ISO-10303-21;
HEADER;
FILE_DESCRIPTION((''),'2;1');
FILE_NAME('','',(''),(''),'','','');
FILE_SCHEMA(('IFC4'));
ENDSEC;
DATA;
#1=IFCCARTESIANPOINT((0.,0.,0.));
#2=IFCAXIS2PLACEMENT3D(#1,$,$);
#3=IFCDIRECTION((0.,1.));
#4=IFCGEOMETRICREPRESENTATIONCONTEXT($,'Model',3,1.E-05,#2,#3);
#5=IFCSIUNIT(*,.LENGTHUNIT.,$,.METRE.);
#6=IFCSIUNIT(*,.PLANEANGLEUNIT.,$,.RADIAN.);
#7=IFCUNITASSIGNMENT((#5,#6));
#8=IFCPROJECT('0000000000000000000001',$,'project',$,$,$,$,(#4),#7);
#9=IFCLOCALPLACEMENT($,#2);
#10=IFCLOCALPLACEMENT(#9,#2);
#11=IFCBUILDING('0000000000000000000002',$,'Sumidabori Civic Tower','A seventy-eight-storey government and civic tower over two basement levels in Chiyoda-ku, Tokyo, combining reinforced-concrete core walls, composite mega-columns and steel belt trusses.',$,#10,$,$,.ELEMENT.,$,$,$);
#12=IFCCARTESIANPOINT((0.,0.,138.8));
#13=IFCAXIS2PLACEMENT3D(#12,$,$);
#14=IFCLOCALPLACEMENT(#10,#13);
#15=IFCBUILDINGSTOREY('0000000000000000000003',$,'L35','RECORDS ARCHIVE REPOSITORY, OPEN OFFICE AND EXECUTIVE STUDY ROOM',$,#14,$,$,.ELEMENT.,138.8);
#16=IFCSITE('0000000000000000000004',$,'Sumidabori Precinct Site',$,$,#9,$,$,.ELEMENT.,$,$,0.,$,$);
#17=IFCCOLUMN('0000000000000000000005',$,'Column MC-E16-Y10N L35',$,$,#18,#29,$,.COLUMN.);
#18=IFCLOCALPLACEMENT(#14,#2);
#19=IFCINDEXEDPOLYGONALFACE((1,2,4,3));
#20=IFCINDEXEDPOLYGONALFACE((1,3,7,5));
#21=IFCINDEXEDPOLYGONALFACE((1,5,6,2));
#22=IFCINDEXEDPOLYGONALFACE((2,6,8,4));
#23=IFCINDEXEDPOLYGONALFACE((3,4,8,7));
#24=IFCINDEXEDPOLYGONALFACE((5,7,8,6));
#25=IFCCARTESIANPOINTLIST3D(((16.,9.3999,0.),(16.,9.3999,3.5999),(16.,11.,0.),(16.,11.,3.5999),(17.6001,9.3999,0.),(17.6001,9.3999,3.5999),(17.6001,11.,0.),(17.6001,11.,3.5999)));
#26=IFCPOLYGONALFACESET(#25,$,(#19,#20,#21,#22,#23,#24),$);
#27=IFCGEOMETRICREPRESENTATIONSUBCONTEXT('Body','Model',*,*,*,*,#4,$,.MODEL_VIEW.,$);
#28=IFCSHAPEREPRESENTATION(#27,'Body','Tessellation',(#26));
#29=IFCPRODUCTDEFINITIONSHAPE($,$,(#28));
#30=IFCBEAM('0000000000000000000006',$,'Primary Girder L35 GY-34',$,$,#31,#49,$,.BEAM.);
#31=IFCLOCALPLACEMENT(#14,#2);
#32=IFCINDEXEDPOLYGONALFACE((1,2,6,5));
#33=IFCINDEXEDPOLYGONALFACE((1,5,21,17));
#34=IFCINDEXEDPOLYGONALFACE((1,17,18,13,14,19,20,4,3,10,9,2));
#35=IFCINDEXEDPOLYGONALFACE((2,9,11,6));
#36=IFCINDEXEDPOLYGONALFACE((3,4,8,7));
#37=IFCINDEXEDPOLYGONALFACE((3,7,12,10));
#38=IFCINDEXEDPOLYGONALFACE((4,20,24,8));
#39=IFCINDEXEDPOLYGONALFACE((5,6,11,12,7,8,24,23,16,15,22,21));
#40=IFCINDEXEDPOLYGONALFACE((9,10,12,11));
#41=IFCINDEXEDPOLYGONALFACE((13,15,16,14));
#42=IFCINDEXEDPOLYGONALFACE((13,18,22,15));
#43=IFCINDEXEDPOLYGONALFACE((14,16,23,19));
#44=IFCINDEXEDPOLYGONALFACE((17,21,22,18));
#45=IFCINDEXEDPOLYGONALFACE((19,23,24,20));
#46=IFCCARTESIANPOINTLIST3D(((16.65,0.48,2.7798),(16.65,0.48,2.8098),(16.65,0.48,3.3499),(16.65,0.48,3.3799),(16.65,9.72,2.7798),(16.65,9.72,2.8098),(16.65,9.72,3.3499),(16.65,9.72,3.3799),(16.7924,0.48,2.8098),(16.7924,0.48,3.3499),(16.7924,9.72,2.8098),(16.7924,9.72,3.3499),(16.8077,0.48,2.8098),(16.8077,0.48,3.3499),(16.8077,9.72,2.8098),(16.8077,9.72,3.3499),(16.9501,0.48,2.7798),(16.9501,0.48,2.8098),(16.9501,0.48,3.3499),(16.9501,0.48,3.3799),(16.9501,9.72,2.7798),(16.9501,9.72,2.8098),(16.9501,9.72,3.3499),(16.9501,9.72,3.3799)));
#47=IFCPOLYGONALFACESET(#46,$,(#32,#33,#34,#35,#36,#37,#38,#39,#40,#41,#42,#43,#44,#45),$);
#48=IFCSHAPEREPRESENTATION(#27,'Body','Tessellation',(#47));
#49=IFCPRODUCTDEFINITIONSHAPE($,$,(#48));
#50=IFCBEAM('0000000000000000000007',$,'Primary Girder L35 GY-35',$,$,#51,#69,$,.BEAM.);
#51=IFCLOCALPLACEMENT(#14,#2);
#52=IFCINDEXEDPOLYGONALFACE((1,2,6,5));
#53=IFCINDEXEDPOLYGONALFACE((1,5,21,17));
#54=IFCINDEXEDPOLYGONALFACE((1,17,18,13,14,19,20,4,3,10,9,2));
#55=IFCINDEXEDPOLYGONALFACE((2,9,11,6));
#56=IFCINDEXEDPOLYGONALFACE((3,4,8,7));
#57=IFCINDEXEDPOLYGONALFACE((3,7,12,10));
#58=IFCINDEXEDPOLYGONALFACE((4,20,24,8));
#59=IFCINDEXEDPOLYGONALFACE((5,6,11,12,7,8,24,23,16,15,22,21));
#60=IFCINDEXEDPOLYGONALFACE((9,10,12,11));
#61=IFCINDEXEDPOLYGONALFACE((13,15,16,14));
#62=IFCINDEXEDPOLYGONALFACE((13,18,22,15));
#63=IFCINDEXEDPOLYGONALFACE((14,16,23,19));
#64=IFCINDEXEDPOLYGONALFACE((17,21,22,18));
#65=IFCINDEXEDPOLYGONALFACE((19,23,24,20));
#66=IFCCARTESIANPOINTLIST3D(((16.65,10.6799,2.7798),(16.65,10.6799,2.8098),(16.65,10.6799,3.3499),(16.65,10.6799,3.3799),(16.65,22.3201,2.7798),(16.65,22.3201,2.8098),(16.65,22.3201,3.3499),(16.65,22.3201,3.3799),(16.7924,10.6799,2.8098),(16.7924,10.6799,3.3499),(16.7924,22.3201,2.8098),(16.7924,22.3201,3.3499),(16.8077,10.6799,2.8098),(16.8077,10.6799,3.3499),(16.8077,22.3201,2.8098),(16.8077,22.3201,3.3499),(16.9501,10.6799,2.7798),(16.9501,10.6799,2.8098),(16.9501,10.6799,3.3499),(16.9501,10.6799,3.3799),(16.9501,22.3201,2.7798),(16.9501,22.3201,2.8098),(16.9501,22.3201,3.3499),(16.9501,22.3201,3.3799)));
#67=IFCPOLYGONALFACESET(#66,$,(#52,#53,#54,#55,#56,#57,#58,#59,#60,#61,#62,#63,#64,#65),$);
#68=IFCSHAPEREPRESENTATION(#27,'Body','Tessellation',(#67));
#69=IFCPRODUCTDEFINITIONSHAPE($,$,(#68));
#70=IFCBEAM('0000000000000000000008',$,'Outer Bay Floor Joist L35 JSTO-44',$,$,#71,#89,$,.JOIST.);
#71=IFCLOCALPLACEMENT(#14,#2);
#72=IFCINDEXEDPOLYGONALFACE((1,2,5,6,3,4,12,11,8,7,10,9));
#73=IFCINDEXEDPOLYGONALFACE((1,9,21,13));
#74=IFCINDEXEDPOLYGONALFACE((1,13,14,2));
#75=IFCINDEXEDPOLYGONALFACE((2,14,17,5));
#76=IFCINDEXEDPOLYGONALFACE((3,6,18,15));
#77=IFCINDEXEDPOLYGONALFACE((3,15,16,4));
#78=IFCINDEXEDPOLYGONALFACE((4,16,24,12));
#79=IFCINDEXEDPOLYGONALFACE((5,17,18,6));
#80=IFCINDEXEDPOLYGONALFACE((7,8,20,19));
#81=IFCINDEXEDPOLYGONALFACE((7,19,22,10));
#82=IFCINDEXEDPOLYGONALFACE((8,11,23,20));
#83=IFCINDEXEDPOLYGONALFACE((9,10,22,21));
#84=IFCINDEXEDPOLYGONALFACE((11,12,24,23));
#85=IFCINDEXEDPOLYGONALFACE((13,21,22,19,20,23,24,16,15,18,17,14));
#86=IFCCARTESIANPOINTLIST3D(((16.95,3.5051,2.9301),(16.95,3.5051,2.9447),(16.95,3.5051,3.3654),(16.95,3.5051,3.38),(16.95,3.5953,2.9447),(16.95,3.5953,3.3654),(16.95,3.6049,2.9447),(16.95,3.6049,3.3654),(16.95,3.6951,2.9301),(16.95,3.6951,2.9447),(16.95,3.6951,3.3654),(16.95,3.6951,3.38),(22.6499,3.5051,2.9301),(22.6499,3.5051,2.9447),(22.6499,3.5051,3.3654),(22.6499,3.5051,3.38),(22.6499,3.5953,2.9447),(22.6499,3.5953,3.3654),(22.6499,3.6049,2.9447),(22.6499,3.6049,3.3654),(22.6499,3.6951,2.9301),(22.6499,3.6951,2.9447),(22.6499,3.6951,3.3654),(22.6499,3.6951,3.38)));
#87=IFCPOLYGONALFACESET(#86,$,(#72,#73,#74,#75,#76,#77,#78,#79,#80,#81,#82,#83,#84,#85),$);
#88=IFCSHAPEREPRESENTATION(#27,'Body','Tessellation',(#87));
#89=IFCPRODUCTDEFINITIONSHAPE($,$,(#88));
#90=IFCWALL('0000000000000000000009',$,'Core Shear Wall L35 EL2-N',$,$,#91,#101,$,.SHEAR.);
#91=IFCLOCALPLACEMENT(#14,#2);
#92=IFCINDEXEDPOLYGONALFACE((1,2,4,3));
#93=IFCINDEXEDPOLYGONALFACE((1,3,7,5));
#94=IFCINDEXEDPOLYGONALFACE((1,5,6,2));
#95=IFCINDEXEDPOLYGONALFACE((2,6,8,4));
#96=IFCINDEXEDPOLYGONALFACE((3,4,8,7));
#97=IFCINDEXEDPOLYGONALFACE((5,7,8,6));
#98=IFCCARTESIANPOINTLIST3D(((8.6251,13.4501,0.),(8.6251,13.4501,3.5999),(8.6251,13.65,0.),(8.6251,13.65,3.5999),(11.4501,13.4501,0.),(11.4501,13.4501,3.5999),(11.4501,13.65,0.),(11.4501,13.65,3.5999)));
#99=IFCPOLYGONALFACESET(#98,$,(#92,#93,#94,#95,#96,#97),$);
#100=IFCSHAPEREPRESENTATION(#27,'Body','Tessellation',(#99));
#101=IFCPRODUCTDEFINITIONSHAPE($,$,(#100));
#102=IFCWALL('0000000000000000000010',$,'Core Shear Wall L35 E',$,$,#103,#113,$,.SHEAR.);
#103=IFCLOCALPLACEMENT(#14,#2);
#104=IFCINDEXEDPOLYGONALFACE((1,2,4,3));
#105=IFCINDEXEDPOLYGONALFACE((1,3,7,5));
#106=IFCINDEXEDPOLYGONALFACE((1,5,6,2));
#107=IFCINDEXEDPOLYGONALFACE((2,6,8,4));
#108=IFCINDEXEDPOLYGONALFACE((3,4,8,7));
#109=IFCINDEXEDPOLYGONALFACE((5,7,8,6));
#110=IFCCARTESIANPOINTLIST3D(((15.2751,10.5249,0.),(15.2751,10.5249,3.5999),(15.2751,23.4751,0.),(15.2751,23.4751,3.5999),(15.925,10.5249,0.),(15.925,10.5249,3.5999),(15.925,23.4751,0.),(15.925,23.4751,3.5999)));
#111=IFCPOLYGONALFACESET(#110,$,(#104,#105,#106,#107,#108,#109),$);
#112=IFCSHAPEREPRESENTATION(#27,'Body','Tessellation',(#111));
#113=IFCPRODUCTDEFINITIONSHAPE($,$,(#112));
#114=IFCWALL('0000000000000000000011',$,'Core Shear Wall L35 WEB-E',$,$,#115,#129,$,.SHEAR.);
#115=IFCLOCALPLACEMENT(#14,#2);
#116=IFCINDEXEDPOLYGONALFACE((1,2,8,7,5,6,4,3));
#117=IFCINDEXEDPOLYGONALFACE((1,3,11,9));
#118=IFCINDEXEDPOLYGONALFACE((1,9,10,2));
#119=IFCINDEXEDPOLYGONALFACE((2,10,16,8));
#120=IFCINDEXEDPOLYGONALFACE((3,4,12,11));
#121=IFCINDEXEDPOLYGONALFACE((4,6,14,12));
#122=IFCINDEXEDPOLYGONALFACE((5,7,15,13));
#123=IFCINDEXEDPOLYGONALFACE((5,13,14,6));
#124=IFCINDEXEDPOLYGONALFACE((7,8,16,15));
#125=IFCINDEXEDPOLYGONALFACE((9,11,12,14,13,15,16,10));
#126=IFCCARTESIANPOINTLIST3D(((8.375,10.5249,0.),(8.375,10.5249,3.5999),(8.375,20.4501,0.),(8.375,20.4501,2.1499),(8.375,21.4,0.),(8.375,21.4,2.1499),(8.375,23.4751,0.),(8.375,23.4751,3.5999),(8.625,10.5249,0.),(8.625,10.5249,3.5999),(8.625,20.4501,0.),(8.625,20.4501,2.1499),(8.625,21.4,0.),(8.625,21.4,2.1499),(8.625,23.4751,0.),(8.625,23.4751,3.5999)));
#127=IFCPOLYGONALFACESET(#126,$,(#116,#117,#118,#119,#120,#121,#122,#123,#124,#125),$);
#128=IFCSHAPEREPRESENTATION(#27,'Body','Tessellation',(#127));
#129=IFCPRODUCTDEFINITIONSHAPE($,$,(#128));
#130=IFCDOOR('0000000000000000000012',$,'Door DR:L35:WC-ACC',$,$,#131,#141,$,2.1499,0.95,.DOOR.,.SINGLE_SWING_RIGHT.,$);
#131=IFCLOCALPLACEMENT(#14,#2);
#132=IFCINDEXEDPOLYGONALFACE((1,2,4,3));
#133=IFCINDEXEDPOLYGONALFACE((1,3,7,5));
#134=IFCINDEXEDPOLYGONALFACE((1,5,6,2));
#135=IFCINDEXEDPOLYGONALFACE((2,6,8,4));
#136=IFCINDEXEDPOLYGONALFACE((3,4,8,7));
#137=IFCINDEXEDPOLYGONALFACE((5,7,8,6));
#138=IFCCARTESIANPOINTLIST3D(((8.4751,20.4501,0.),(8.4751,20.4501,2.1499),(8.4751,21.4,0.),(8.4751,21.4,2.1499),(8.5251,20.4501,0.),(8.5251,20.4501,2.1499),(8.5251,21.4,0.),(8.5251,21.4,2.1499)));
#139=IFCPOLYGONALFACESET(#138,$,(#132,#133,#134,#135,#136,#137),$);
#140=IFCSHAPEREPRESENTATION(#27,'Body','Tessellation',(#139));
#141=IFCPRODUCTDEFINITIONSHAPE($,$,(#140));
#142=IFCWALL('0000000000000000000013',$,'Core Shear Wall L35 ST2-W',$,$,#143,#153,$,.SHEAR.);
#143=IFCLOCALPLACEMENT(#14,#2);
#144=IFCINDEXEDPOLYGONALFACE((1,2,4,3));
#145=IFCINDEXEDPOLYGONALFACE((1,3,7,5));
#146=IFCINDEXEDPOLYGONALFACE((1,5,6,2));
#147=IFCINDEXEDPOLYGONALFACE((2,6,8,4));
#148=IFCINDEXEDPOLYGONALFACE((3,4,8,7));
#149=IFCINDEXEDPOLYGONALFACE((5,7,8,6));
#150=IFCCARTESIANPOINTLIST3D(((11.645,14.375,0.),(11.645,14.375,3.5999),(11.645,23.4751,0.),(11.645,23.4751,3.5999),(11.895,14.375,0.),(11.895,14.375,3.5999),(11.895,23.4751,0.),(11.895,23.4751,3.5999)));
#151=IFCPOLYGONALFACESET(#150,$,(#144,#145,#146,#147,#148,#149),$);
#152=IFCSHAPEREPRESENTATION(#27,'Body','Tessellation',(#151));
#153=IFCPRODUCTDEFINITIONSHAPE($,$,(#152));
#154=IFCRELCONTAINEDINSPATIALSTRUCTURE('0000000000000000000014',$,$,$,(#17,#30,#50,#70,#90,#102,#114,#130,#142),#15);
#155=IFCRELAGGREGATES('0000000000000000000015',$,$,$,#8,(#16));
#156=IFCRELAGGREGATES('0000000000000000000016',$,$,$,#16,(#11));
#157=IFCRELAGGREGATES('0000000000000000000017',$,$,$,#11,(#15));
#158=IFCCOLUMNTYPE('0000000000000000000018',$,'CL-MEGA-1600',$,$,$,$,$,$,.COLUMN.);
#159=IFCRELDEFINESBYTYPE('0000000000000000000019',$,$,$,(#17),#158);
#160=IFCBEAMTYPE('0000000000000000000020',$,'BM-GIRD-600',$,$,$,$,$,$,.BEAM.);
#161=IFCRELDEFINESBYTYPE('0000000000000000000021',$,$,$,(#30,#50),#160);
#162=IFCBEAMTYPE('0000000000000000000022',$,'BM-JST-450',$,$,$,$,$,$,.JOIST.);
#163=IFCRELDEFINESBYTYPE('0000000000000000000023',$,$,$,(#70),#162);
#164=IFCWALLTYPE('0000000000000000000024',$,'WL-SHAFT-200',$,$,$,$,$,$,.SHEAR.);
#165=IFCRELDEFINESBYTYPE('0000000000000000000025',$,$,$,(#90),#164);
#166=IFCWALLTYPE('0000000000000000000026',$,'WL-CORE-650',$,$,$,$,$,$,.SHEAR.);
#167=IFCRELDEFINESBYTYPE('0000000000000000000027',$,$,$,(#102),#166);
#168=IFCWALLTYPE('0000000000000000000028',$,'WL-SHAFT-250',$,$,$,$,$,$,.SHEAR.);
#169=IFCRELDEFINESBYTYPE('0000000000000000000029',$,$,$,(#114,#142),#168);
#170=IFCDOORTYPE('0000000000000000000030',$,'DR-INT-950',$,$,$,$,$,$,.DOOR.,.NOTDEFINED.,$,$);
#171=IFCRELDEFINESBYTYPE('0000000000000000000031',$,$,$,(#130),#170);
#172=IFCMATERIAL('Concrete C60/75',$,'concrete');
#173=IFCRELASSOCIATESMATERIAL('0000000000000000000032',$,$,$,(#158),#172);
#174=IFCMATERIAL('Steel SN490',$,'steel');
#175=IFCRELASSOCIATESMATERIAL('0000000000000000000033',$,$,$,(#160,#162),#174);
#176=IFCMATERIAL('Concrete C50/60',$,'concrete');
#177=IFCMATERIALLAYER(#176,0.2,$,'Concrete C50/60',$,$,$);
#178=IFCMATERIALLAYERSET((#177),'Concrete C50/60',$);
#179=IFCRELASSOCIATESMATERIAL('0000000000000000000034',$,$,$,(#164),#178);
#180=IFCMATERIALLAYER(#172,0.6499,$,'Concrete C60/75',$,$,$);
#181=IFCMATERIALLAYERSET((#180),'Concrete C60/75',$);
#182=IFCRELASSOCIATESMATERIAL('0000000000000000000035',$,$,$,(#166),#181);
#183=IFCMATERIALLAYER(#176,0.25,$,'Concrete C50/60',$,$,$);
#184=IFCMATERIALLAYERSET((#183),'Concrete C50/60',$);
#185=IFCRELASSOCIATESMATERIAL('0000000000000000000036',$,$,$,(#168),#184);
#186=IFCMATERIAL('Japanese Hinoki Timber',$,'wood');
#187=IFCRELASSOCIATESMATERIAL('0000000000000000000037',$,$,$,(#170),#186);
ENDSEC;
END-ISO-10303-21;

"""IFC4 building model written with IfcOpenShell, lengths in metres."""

from ifc_helpers import new_model, si_unit, direction, frame, frame_2d, origin, origin_2d, place, context, subcontext, project, spatial, rectangle, i_section, extrude, source, transform, mapped, material, layer, layer_set, material_profile, profile_set, type_object, element, fill, save


model = new_model("IFC4")

# Units and contexts
model_context = context("Model", 3, precision=1e-05, world=origin(), true_north=direction((0.0, 1.0)))
body_context = subcontext(model_context, "Body", "Model", "MODEL_VIEW")
ifc_project = project(units=[si_unit("LENGTHUNIT", "METRE"), si_unit("PLANEANGLEUNIT", "RADIAN")], contexts=[model_context])

# Site, building, storey
site_placement = place(None, origin())
site = spatial("IfcSite", under=ifc_project, at=site_placement, Name="Sumidabori Precinct Site", CompositionType="ELEMENT", RefElevation=0.0)
building_placement = place(site_placement, origin())
building = spatial("IfcBuilding", under=site, at=building_placement, Name="Sumidabori Civic Tower", Description="A seventy-eight-storey government and civic tower over two basement levels in Chiyoda-ku, Tokyo, combining reinforced-concrete core walls, composite mega-columns and steel belt trusses.", CompositionType="ELEMENT")
storey_placement = place(building_placement, frame((0.0, 0.0, 138.8)))
storey = spatial("IfcBuildingStorey", under=building, at=storey_placement, Name="L35", Description="RECORDS ARCHIVE REPOSITORY, OPEN OFFICE AND EXECUTIVE STUDY ROOM", CompositionType="ELEMENT", Elevation=138.8)

# Column
ifc_material_1 = material(Name="Concrete C60/75", Category="concrete")
ifc_material_profile_1 = material_profile(ifc_material_1, rectangle(XDim=1.6001, YDim=1.6001, at=origin_2d()), Name="RC 1600x1600")
ifc_profile_set_1 = profile_set([ifc_material_profile_1], Name="Concrete C60/75")
column_type = type_object("IfcColumnType", Name="CL-MEGA-1600", PredefinedType="COLUMN", material=ifc_profile_set_1)
shared_shape_1 = source(origin(), body_context, "Body", "SweptSolid", [
    extrude(rectangle(XDim=1.6001, YDim=1.6001, at=origin_2d()), origin(), (0.0, 0.0, 1.0), 3.5999),
])
column_placement = place(storey_placement, frame((16.8, 10.2, 0.0), z_axis=(0.0, 0.0, 1.0), x_axis=(1.0, 0.0, 0.0)))
element("IfcColumn", 1, at=column_placement, inside=storey, type_object=column_type, Name="Column MC-E16-Y10N L35", PredefinedType="COLUMN", context=body_context, shape_type="MappedRepresentation", body=[
    mapped(shared_shape_1, transform((0.0, 0.0, 0.0), x_axis=(1.0, 0.0, 0.0), y_axis=(0.0, 1.0, 0.0), z_axis=(0.0, 0.0, 1.0), scale=1.0)),
])

# Beams
ifc_material_2 = material(Name="Steel SN490", Category="steel")
ifc_material_profile_2 = material_profile(ifc_material_2, i_section(OverallWidth=0.3, OverallDepth=0.6001, WebThickness=0.0154, FlangeThickness=0.03, at=origin_2d()), Name="HE 600 B")
ifc_profile_set_2 = profile_set([ifc_material_profile_2], Name="Steel SN490")
beam_type_1 = type_object("IfcBeamType", Name="BM-GIRD-600", PredefinedType="BEAM", material=ifc_profile_set_2)
shared_shape_2 = source(origin(), body_context, "Body", "SweptSolid", [
    extrude(i_section(OverallWidth=0.3, OverallDepth=0.6001, WebThickness=0.0154, FlangeThickness=0.03, at=origin_2d()), origin(), (0.0, 0.0, 1.0), 9.24),
])
beam_1_placement = place(storey_placement, frame((16.8, 0.48, 3.0798), z_axis=(0.0, 1.0, 0.0), x_axis=(-1.0, 0.0, 0.0)))
element("IfcBeam", 2, at=beam_1_placement, inside=storey, type_object=beam_type_1, Name="Primary Girder L35 GY-34", PredefinedType="BEAM", context=body_context, shape_type="MappedRepresentation", body=[
    mapped(shared_shape_2, transform((0.0, 0.0, 0.0), x_axis=(1.0, 0.0, 0.0), y_axis=(0.0, 1.0, 0.0), z_axis=(0.0, 0.0, 1.0), scale=1.0)),
])
shared_shape_3 = source(origin(), body_context, "Body", "SweptSolid", [
    extrude(i_section(OverallWidth=0.3, OverallDepth=0.6001, WebThickness=0.0154, FlangeThickness=0.03, at=origin_2d()), origin(), (0.0, 0.0, 1.0), 11.6401),
])
beam_2_placement = place(storey_placement, frame((16.8, 10.6799, 3.0798), z_axis=(0.0, 1.0, 0.0), x_axis=(-1.0, 0.0, 0.0)))
element("IfcBeam", 3, at=beam_2_placement, inside=storey, type_object=beam_type_1, Name="Primary Girder L35 GY-35", PredefinedType="BEAM", context=body_context, shape_type="MappedRepresentation", body=[
    mapped(shared_shape_3, transform((0.0, 0.0, 0.0), x_axis=(1.0, 0.0, 0.0), y_axis=(0.0, 1.0, 0.0), z_axis=(0.0, 0.0, 1.0), scale=1.0)),
])
ifc_material_profile_3 = material_profile(ifc_material_2, i_section(OverallWidth=0.1899, OverallDepth=0.45, WebThickness=0.0095, FlangeThickness=0.0146, at=origin_2d()), Name="IPE 450")
ifc_profile_set_3 = profile_set([ifc_material_profile_3], Name="Steel SN490")
beam_type_2 = type_object("IfcBeamType", Name="BM-JST-450", PredefinedType="JOIST", material=ifc_profile_set_3)
shared_shape_4 = source(origin(), body_context, "Body", "SweptSolid", [
    extrude(i_section(OverallWidth=0.1899, OverallDepth=0.45, WebThickness=0.0095, FlangeThickness=0.0146, at=origin_2d()), origin(), (0.0, 0.0, 1.0), 5.7),
])
beam_3_placement = place(storey_placement, frame((16.95, 3.6001, 3.155), z_axis=(1.0, 0.0, 0.0), x_axis=(0.0, 1.0, 0.0)))
element("IfcBeam", 4, at=beam_3_placement, inside=storey, type_object=beam_type_2, Name="Outer Bay Floor Joist L35 JSTO-44", PredefinedType="JOIST", context=body_context, shape_type="MappedRepresentation", body=[
    mapped(shared_shape_4, transform((0.0, 0.0, 0.0), x_axis=(1.0, 0.0, 0.0), y_axis=(0.0, 1.0, 0.0), z_axis=(0.0, 0.0, 1.0), scale=1.0)),
])

# Walls
ifc_material_3 = material(Name="Concrete C50/60", Category="concrete")
ifc_layer_1 = layer(ifc_material_3, 0.2, Name="Concrete C50/60")
ifc_layer_set_1 = layer_set([ifc_layer_1], Name="Concrete C50/60")
wall_type_1 = type_object("IfcWallType", Name="WL-SHAFT-200", PredefinedType="SHEAR", material=ifc_layer_set_1)
shared_shape_5 = source(origin(), body_context, "Body", "SweptSolid", [
    extrude(rectangle(XDim=2.825, YDim=0.2, at=frame_2d((1.4126, 0.0))), origin(), (0.0, 0.0, 1.0), 3.5999),
])
wall_1_placement = place(storey_placement, frame((8.625, 13.55, 0.0), z_axis=(0.0, 0.0, 1.0), x_axis=(1.0, 0.0, 0.0)))
element("IfcWall", 5, at=wall_1_placement, inside=storey, type_object=wall_type_1, Name="Core Shear Wall L35 EL2-N", PredefinedType="SHEAR", context=body_context, shape_type="MappedRepresentation", body=[
    mapped(shared_shape_5, transform((0.0, 0.0, 0.0), x_axis=(1.0, 0.0, 0.0), y_axis=(0.0, 1.0, 0.0), z_axis=(0.0, 0.0, 1.0), scale=1.0)),
])
ifc_layer_2 = layer(ifc_material_1, 0.6499, Name="Concrete C60/75")
ifc_layer_set_2 = layer_set([ifc_layer_2], Name="Concrete C60/75")
wall_type_2 = type_object("IfcWallType", Name="WL-CORE-650", PredefinedType="SHEAR", material=ifc_layer_set_2)
shared_shape_6 = source(origin(), body_context, "Body", "SweptSolid", [
    extrude(rectangle(XDim=12.9502, YDim=0.6499, at=frame_2d((6.4751, 0.0))), origin(), (0.0, 0.0, 1.0), 3.5999),
])
wall_2_placement = place(storey_placement, frame((15.6001, 10.5249, 0.0), z_axis=(0.0, 0.0, 1.0), x_axis=(0.0, 1.0, 0.0)))
element("IfcWall", 6, at=wall_2_placement, inside=storey, type_object=wall_type_2, Name="Core Shear Wall L35 E", PredefinedType="SHEAR", context=body_context, shape_type="MappedRepresentation", body=[
    mapped(shared_shape_6, transform((0.0, 0.0, 0.0), x_axis=(1.0, 0.0, 0.0), y_axis=(0.0, 1.0, 0.0), z_axis=(0.0, 0.0, 1.0), scale=1.0)),
])

# Wall, opening, door
ifc_layer_3 = layer(ifc_material_3, 0.25, Name="Concrete C50/60")
ifc_layer_set_3 = layer_set([ifc_layer_3], Name="Concrete C50/60")
wall_type_3 = type_object("IfcWallType", Name="WL-SHAFT-250", PredefinedType="SHEAR", material=ifc_layer_set_3)
shared_shape_7 = source(origin(), body_context, "Body", "SweptSolid", [
    extrude(rectangle(XDim=12.9502, YDim=0.25, at=frame_2d((6.4751, 0.0))), origin(), (0.0, 0.0, 1.0), 3.5999),
])
wall_3_placement = place(storey_placement, frame((8.5, 10.5249, 0.0), z_axis=(0.0, 0.0, 1.0), x_axis=(0.0, 1.0, 0.0)))
wall_3 = element("IfcWall", 7, at=wall_3_placement, inside=storey, type_object=wall_type_3, Name="Core Shear Wall L35 WEB-E", PredefinedType="SHEAR", context=body_context, shape_type="MappedRepresentation", body=[
    mapped(shared_shape_7, transform((0.0, 0.0, 0.0), x_axis=(1.0, 0.0, 0.0), y_axis=(0.0, 1.0, 0.0), z_axis=(0.0, 0.0, 1.0), scale=1.0)),
])
opening_1_placement = place(wall_3_placement, frame((9.925, 0.0, 0.0)))
opening_1 = element("IfcOpeningElement", 8, at=opening_1_placement, cuts=wall_3, PredefinedType="OPENING", context=body_context, shape_type="SweptSolid", body=[
    extrude(rectangle(XDim=0.95, YDim=2.1499, at=frame_2d((0.4751, 1.075))), frame((0.0, 0.137, 0.0), z_axis=(0.0, -1.0, 0.0), x_axis=(1.0, 0.0, 0.0)), (0.0, 0.0, 1.0), 0.2739),
])
ifc_material_4 = material(Name="Japanese Hinoki Timber", Category="wood")
door_type_1 = type_object("IfcDoorType", Name="DR-INT-950", OperationType="NOTDEFINED", PredefinedType="DOOR", material=ifc_material_4)
shared_shape_8 = source(origin(), body_context, "Body", "SweptSolid", [
    extrude(rectangle(XDim=0.95, YDim=2.1499, at=frame_2d((0.4751, 1.075))), frame((0.0, 0.0249, 0.0), z_axis=(0.0, -1.0, 0.0), x_axis=(1.0, 0.0, 0.0)), (0.0, 0.0, 1.0), 0.05),
])
door_1_placement = place(opening_1_placement, origin())
door_1 = element("IfcDoor", 9, at=door_1_placement, inside=storey, type_object=door_type_1, Name="Door DR:L35:WC-ACC", OperationType="SINGLE_SWING_RIGHT", OverallHeight=2.1499, OverallWidth=0.95, PredefinedType="DOOR", context=body_context, shape_type="MappedRepresentation", body=[
    mapped(shared_shape_8, transform((0.0, 0.0, 0.0), x_axis=(1.0, 0.0, 0.0), y_axis=(0.0, 1.0, 0.0), z_axis=(0.0, 0.0, 1.0), scale=1.0)),
])
fill(opening_1, door_1)

# Wall
shared_shape_9 = source(origin(), body_context, "Body", "SweptSolid", [
    extrude(rectangle(XDim=9.1001, YDim=0.25, at=frame_2d((4.55, 0.0))), origin(), (0.0, 0.0, 1.0), 3.5999),
])
wall_4_placement = place(storey_placement, frame((11.77, 14.375, 0.0), z_axis=(0.0, 0.0, 1.0), x_axis=(0.0, 1.0, 0.0)))
element("IfcWall", 10, at=wall_4_placement, inside=storey, type_object=wall_type_3, Name="Core Shear Wall L35 ST2-W", PredefinedType="SHEAR", context=body_context, shape_type="MappedRepresentation", body=[
    mapped(shared_shape_9, transform((0.0, 0.0, 0.0), x_axis=(1.0, 0.0, 0.0), y_axis=(0.0, 1.0, 0.0), z_axis=(0.0, 0.0, 1.0), scale=1.0)),
])

save(model, "model.ifc")
